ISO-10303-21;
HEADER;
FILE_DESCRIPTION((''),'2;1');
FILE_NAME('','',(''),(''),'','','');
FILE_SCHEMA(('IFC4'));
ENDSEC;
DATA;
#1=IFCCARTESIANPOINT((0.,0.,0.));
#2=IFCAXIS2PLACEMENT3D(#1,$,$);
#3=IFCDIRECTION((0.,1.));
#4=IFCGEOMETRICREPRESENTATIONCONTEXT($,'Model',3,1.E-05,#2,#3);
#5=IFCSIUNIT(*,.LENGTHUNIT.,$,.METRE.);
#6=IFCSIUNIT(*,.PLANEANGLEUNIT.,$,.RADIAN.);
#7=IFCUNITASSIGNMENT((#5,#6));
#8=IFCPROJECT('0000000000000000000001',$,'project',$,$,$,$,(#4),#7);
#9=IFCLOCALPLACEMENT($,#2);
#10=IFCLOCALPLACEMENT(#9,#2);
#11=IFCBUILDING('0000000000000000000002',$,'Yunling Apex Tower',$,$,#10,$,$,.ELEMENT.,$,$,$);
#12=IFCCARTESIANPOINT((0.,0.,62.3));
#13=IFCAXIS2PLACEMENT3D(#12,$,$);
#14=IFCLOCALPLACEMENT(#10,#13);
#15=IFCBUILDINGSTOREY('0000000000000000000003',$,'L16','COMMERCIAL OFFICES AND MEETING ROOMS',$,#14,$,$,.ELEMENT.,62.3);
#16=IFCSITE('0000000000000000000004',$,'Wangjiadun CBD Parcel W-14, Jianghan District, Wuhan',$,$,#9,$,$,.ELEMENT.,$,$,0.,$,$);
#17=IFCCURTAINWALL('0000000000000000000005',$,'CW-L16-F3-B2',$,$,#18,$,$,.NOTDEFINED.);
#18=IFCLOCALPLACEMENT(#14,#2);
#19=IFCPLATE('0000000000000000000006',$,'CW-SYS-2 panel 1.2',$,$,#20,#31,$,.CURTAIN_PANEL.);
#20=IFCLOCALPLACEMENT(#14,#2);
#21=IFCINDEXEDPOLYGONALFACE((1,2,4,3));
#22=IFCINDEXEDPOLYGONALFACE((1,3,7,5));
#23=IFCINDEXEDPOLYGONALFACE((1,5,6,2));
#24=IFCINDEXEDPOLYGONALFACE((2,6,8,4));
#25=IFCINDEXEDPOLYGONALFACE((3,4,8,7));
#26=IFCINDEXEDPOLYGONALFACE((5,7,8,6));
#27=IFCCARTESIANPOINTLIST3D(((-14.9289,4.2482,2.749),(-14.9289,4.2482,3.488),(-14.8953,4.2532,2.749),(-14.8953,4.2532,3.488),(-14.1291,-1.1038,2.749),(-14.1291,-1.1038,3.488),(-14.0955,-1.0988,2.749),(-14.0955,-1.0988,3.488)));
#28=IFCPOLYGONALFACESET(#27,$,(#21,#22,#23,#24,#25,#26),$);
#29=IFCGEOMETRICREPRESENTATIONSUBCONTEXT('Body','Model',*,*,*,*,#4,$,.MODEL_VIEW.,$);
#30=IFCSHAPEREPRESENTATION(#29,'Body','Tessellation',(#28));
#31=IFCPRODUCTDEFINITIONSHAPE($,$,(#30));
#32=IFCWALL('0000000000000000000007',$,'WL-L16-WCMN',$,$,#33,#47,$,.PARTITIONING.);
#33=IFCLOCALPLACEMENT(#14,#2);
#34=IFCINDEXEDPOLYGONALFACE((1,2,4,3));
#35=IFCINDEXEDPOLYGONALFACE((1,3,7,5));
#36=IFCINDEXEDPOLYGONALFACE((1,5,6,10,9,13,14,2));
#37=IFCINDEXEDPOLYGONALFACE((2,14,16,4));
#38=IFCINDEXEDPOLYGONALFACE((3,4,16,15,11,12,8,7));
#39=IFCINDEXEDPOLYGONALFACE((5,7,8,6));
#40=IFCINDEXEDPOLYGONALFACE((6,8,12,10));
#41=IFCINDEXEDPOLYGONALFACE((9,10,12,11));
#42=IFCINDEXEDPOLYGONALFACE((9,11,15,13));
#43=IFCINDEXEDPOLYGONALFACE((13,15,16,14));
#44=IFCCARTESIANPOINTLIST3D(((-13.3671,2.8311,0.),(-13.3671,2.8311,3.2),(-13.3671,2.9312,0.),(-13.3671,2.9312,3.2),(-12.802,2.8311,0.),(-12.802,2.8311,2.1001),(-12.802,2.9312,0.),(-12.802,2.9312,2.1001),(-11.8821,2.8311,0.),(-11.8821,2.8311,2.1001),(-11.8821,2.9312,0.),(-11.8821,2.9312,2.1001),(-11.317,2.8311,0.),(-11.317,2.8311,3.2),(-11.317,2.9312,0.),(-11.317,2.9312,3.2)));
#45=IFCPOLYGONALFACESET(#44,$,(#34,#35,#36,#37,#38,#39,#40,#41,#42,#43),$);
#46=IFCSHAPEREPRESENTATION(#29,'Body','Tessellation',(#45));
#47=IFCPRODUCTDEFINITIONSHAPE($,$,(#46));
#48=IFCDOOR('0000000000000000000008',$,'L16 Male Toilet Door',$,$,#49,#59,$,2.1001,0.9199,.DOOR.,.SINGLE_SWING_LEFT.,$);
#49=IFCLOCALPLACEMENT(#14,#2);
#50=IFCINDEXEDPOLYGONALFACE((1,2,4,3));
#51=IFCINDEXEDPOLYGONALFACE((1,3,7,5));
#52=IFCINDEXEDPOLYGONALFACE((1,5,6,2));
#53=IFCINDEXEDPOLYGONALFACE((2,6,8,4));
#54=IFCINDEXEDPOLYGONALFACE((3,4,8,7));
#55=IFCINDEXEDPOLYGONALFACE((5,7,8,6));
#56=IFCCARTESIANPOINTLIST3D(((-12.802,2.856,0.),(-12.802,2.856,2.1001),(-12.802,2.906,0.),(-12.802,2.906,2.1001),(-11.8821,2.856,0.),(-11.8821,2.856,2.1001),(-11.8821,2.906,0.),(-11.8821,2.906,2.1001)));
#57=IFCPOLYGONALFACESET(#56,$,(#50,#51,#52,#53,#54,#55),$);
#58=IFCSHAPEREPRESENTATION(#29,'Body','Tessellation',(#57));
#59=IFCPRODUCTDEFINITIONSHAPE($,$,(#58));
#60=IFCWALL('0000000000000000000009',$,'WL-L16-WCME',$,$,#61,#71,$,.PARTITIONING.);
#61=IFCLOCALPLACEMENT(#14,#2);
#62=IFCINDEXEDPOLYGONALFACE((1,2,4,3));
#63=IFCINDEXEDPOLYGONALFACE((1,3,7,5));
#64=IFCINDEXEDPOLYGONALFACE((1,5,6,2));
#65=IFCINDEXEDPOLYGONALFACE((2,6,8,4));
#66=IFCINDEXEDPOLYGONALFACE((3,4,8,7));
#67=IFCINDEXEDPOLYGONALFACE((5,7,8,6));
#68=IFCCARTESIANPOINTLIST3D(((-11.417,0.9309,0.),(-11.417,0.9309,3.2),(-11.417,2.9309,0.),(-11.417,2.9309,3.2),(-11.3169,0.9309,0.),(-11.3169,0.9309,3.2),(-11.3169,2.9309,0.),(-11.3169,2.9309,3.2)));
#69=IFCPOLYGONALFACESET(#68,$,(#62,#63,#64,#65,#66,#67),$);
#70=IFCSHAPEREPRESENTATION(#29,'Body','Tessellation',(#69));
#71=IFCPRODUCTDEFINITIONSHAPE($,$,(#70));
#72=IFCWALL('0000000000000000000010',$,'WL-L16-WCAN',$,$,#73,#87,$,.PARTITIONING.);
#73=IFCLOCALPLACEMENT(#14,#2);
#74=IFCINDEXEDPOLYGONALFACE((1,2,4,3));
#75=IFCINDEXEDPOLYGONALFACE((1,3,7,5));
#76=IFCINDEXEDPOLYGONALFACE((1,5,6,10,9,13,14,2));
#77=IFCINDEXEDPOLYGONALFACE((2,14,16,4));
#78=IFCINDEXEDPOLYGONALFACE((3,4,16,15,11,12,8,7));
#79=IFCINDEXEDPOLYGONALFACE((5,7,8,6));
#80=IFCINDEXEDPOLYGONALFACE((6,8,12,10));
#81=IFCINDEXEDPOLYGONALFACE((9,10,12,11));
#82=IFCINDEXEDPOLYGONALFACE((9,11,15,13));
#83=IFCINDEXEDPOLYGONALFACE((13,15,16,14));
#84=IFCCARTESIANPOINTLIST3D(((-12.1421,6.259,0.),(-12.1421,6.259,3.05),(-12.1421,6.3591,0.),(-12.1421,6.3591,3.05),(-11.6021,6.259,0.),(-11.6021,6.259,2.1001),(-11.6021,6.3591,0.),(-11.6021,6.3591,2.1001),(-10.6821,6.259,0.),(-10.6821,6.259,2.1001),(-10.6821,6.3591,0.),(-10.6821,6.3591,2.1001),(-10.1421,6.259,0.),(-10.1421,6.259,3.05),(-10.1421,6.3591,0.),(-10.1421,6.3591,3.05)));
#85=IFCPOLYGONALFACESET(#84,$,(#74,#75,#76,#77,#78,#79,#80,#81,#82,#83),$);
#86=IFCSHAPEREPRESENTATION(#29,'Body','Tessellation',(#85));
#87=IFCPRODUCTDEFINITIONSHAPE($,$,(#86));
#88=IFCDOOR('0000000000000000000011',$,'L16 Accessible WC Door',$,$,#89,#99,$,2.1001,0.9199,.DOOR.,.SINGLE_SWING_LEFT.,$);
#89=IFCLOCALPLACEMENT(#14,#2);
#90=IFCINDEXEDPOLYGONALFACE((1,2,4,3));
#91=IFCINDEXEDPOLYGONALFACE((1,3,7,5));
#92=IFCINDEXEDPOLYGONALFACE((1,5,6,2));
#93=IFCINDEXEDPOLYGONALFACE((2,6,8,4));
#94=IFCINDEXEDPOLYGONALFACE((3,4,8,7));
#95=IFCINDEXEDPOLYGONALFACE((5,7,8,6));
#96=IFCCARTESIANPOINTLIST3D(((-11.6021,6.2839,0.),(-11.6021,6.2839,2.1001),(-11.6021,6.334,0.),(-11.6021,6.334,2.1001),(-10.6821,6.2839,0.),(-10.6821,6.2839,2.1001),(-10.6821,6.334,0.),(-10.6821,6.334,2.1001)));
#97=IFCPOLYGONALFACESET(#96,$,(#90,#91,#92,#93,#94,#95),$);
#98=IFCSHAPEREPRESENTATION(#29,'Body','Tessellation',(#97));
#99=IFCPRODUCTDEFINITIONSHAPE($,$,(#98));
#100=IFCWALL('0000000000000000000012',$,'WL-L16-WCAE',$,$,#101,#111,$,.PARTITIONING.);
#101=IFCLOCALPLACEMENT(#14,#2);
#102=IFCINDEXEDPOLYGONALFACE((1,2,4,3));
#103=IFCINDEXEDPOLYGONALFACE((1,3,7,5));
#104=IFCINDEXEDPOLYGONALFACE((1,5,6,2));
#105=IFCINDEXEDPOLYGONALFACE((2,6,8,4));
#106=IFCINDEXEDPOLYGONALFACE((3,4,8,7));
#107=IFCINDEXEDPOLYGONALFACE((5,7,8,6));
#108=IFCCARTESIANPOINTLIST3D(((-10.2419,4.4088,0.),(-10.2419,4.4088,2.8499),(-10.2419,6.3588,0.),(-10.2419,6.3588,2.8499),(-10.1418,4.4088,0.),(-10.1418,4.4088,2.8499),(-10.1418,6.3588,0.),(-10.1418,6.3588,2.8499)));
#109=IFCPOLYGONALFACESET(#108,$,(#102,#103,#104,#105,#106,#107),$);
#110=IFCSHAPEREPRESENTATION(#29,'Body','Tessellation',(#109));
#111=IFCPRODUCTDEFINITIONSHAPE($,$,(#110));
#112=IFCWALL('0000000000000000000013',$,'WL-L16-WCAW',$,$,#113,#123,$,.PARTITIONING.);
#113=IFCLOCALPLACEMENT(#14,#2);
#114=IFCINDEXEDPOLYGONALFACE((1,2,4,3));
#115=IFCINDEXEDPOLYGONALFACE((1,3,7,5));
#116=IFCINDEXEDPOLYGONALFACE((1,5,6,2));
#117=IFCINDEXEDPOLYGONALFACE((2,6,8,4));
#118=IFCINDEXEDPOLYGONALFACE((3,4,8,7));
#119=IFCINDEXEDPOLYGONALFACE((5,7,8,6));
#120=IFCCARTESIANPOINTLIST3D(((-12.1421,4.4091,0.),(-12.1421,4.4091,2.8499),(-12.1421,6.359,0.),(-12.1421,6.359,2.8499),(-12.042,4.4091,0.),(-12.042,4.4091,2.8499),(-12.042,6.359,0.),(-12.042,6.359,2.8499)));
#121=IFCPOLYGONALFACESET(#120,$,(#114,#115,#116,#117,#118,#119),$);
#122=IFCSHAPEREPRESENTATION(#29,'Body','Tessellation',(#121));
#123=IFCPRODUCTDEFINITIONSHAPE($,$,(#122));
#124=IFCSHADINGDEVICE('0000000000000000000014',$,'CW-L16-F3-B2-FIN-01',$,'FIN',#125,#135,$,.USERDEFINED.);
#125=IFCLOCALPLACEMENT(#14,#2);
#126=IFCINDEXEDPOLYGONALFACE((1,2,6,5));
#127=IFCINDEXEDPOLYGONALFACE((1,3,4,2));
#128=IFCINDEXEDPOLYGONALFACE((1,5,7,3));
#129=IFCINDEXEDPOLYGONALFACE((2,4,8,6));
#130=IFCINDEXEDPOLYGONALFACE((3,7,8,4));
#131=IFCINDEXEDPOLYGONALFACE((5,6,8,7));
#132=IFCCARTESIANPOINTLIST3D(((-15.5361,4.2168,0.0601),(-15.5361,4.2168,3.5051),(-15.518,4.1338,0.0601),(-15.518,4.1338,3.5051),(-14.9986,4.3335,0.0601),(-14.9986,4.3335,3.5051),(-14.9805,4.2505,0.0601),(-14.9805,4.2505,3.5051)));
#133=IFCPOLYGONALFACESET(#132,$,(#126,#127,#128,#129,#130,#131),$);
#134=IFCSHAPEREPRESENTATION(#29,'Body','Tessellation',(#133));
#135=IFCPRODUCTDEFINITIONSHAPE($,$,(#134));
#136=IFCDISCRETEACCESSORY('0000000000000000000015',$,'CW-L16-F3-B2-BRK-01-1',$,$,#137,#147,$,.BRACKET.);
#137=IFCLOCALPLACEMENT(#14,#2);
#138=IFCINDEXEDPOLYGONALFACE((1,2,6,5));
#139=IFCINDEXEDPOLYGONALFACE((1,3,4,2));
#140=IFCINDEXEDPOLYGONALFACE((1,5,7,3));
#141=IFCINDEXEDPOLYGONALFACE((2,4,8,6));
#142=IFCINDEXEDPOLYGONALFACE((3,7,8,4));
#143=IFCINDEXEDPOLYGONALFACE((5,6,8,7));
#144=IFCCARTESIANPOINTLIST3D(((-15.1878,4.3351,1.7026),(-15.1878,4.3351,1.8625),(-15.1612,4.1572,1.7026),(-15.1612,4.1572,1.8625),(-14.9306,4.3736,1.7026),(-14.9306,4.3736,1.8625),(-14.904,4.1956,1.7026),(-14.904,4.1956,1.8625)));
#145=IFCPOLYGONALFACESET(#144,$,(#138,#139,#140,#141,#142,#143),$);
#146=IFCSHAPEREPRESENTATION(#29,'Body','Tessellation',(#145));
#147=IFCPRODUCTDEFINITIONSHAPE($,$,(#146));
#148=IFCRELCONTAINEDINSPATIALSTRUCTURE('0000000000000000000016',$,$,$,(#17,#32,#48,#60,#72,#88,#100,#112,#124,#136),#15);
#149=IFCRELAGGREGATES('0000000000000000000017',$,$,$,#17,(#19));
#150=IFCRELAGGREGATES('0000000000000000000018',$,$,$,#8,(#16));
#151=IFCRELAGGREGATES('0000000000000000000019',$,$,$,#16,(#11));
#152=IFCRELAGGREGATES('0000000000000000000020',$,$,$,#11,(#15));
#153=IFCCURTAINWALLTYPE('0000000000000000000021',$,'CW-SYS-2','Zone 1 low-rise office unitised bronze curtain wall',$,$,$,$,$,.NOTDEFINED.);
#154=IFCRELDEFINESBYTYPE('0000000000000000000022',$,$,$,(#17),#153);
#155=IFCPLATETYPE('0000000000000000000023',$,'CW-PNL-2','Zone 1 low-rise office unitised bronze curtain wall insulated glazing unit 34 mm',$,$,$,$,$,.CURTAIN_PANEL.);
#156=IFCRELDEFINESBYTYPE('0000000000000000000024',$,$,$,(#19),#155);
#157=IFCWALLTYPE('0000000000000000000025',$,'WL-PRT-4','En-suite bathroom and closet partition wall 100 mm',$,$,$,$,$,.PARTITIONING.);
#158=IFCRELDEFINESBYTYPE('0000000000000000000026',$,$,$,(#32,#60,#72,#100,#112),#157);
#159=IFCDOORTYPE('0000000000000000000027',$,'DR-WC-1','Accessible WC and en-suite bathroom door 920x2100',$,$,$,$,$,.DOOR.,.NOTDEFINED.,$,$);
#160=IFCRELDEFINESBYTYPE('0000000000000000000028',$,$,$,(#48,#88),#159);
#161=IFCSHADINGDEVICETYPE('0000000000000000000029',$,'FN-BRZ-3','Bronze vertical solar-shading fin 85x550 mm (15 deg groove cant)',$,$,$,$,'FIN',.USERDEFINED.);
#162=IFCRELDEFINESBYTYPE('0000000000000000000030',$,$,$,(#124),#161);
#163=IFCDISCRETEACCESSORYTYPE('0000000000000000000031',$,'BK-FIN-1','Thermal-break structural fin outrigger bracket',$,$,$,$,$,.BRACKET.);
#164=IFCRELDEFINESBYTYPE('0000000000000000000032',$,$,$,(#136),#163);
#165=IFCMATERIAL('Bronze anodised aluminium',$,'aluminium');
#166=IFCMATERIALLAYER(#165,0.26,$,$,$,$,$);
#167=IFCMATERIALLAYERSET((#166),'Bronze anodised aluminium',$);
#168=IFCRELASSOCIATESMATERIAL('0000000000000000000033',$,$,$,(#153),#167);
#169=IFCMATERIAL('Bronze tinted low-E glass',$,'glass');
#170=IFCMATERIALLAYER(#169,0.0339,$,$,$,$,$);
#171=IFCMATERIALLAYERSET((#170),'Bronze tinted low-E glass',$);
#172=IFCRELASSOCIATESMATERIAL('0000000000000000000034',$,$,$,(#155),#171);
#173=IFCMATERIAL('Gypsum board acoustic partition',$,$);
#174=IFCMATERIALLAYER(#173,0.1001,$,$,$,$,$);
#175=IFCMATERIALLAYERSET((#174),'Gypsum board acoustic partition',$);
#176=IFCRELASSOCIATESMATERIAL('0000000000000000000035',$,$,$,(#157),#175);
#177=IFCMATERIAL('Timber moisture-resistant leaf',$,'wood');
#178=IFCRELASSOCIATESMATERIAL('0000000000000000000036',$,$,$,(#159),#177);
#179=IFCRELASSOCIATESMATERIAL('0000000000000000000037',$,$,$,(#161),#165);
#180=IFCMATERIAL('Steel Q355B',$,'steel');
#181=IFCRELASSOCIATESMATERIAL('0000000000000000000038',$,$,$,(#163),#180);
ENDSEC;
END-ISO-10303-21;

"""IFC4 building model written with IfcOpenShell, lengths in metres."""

from ifc_helpers import new_model, si_unit, direction, frame, frame_2d, origin, origin_2d, place, context, subcontext, project, spatial, rectangle, extrude, source, transform, mapped, material, layer, layer_set, material_profile, profile_set, type_object, element, fill, aggregate, save


model = new_model("IFC4")

# Units and contexts
model_context = context("Model", 3, precision=1e-05, world=origin(), true_north=direction((0.0, 1.0)))
body_context = subcontext(model_context, "Body", "Model", "MODEL_VIEW")
ifc_project = project(units=[si_unit("LENGTHUNIT", "METRE"), si_unit("PLANEANGLEUNIT", "RADIAN")], contexts=[model_context])

# Site, building, storey
site_placement = place(None, origin())
site = spatial("IfcSite", under=ifc_project, at=site_placement, Name="Wangjiadun CBD Parcel W-14, Jianghan District, Wuhan", CompositionType="ELEMENT", RefElevation=0.0)
building_placement = place(site_placement, origin())
building = spatial("IfcBuilding", under=site, at=building_placement, Name="Yunling Apex Tower", CompositionType="ELEMENT")
storey_placement = place(building_placement, frame((0.0, 0.0, 62.3)))
storey = spatial("IfcBuildingStorey", under=building, at=storey_placement, Name="L16", Description="COMMERCIAL OFFICES AND MEETING ROOMS", CompositionType="ELEMENT", Elevation=62.3)

# Shared definitions
ifc_material_1 = material(Name="Steel Q355B", Category="steel")

# Shared definitions
ifc_material_2 = material(Name="Bronze anodised aluminium", Category="aluminium")
ifc_layer_1 = layer(ifc_material_2, 0.26)
ifc_layer_set_1 = layer_set([ifc_layer_1], Name="Bronze anodised aluminium")
curtain_wall_type = type_object("IfcCurtainWallType", Name="CW-SYS-2", Description="Zone 1 low-rise office unitised bronze curtain wall", PredefinedType="NOTDEFINED", material=ifc_layer_set_1)

# Curtain wall, plate
curtain_wall_1_placement = place(storey_placement, origin())
curtain_wall_1 = element("IfcCurtainWall", 1, at=curtain_wall_1_placement, inside=storey, type_object=curtain_wall_type, Name="CW-L16-F3-B2", PredefinedType="NOTDEFINED")
ifc_material_3 = material(Name="Bronze tinted low-E glass", Category="glass")
ifc_layer_2 = layer(ifc_material_3, 0.0339)
ifc_layer_set_2 = layer_set([ifc_layer_2], Name="Bronze tinted low-E glass")
plate_type = type_object("IfcPlateType", Name="CW-PNL-2", Description="Zone 1 low-rise office unitised bronze curtain wall insulated glazing unit 34 mm", PredefinedType="CURTAIN_PANEL", material=ifc_layer_set_2)
shared_shape_1 = source(origin(), body_context, "Body", "SweptSolid", [
    extrude(rectangle(XDim=5.4114, YDim=0.0339, at=origin_2d()), origin(), (0.0, 0.0, 1.0), 0.739),
])
plate_1_placement = place(storey_placement, frame((-14.5122, 1.5747, 2.749), z_axis=(0.0, 0.0, 1.0), x_axis=(0.147801, -0.989017, 0.0)))
plate_1 = element("IfcPlate", 2, at=plate_1_placement, type_object=plate_type, Name="CW-SYS-2 panel 1.2", PredefinedType="CURTAIN_PANEL", context=body_context, shape_type="MappedRepresentation", body=[
    mapped(shared_shape_1, transform((0.0, 0.0, 0.0), scale=1.0)),
])
aggregate(curtain_wall_1, [plate_1])

# Wall, opening, door
ifc_material_4 = material(Name="Gypsum board acoustic partition")
ifc_layer_3 = layer(ifc_material_4, 0.1001)
ifc_layer_set_3 = layer_set([ifc_layer_3], Name="Gypsum board acoustic partition")
wall_type = type_object("IfcWallType", Name="WL-PRT-4", Description="En-suite bathroom and closet partition wall 100 mm", PredefinedType="PARTITIONING", material=ifc_layer_set_3)
wall_1_placement = place(storey_placement, frame((-13.3669, 2.8811, 0.0), z_axis=(0.0, 0.0, 1.0), x_axis=(1.0, 0.0, 0.0)))
wall_1 = element("IfcWall", 3, at=wall_1_placement, inside=storey, type_object=wall_type, Name="WL-L16-WCMN", PredefinedType="PARTITIONING", context=body_context, shape_type="SweptSolid", body=[
    extrude(rectangle(XDim=2.05, YDim=0.1001, at=frame_2d((1.0249, 0.0))), origin(), (0.0, 0.0, 1.0), 3.2),
])
opening_1_placement = place(wall_1_placement, frame((0.5649, 0.0, 0.0)))
opening_1 = element("IfcOpeningElement", 4, at=opening_1_placement, cuts=wall_1, PredefinedType="OPENING", context=body_context, shape_type="SweptSolid", body=[
    extrude(rectangle(XDim=0.9199, YDim=2.1001, at=frame_2d((0.46, 1.05))), frame((0.0, 0.0601, 0.0), z_axis=(0.0, -1.0, 0.0), x_axis=(1.0, 0.0, 0.0)), (0.0, 0.0, 1.0), 0.1201),
])
ifc_material_5 = material(Name="Timber moisture-resistant leaf", Category="wood")
door_type = type_object("IfcDoorType", Name="DR-WC-1", Description="Accessible WC and en-suite bathroom door 920x2100", OperationType="NOTDEFINED", PredefinedType="DOOR", material=ifc_material_5)
door_1_placement = place(opening_1_placement, origin())
door_1 = element("IfcDoor", 5, at=door_1_placement, inside=storey, type_object=door_type, Name="L16 Male Toilet Door", OperationType="SINGLE_SWING_LEFT", OverallHeight=2.1001, OverallWidth=0.9199, PredefinedType="DOOR", context=body_context, shape_type="SweptSolid", body=[
    extrude(rectangle(XDim=0.9199, YDim=2.1001, at=frame_2d((0.46, 1.05))), frame((0.0, 0.0249, 0.0), z_axis=(0.0, -1.0, 0.0), x_axis=(1.0, 0.0, 0.0)), (0.0, 0.0, 1.0), 0.05),
])
fill(opening_1, door_1)

# Wall
wall_2_placement = place(storey_placement, frame((-11.3669, 2.9309, 0.0), z_axis=(0.0, 0.0, 1.0), x_axis=(0.0, -1.0, 0.0)))
element("IfcWall", 6, at=wall_2_placement, inside=storey, type_object=wall_type, Name="WL-L16-WCME", PredefinedType="PARTITIONING", context=body_context, shape_type="SweptSolid", body=[
    extrude(rectangle(XDim=2.0, YDim=0.1001, at=frame_2d((1.0, 0.0))), origin(), (0.0, 0.0, 1.0), 3.2),
])

# Wall, opening, door
wall_3_placement = place(storey_placement, frame((-12.1421, 6.3091, 0.0), z_axis=(0.0, 0.0, 1.0), x_axis=(1.0, 0.0, 0.0)))
wall_3 = element("IfcWall", 7, at=wall_3_placement, inside=storey, type_object=wall_type, Name="WL-L16-WCAN", PredefinedType="PARTITIONING", context=body_context, shape_type="SweptSolid", body=[
    extrude(rectangle(XDim=2.0, YDim=0.1001, at=frame_2d((1.0, 0.0))), origin(), (0.0, 0.0, 1.0), 3.05),
])
opening_2_placement = place(wall_3_placement, frame((0.54, 0.0, 0.0)))
opening_2 = element("IfcOpeningElement", 8, at=opening_2_placement, cuts=wall_3, PredefinedType="OPENING", context=body_context, shape_type="SweptSolid", body=[
    extrude(rectangle(XDim=0.9199, YDim=2.1001, at=frame_2d((0.46, 1.05))), frame((0.0, 0.0601, 0.0), z_axis=(0.0, -1.0, 0.0), x_axis=(1.0, 0.0, 0.0)), (0.0, 0.0, 1.0), 0.1201),
])
door_2_placement = place(opening_2_placement, origin())
door_2 = element("IfcDoor", 9, at=door_2_placement, inside=storey, type_object=door_type, Name="L16 Accessible WC Door", OperationType="SINGLE_SWING_LEFT", OverallHeight=2.1001, OverallWidth=0.9199, PredefinedType="DOOR", context=body_context, shape_type="SweptSolid", body=[
    extrude(rectangle(XDim=0.9199, YDim=2.1001, at=frame_2d((0.46, 1.05))), frame((0.0, 0.0249, 0.0), z_axis=(0.0, -1.0, 0.0), x_axis=(1.0, 0.0, 0.0)), (0.0, 0.0, 1.0), 0.05),
])
fill(opening_2, door_2)

# Walls
for number, where, z_axis, x_axis, name in (
    (10, (-10.1919, 6.3589, 0.0), (0.0, 0.0, 1.0), (0.0, -1.0, 0.0), "WL-L16-WCAE"),
    (11, (-12.092, 4.4089, 0.0), (0.0, 0.0, 1.0), (0.0, 1.0, 0.0), "WL-L16-WCAW"),
):
    element("IfcWall", number, at=place(storey_placement, frame(where, z_axis=z_axis, x_axis=x_axis)), inside=storey, type_object=wall_type, Name=name, PredefinedType="PARTITIONING", context=body_context, shape_type="SweptSolid", body=[
        extrude(rectangle(XDim=1.95, YDim=0.1001, at=frame_2d((0.9751, 0.0))), origin(), (0.0, 0.0, 1.0), 2.8499),
    ])

# Shading device
ifc_material_profile_1 = material_profile(ifc_material_2, rectangle(XDim=0.085, YDim=0.55, at=origin_2d()))
ifc_profile_set_1 = profile_set([ifc_material_profile_1], Name="Bronze anodised aluminium")
shading_device_type = type_object("IfcShadingDeviceType", Name="FN-BRZ-3", Description="Bronze vertical solar-shading fin 85x550 mm (15 deg groove cant)", ElementType="FIN", PredefinedType="USERDEFINED", material=ifc_profile_set_1)
shared_shape_2 = source(origin(), body_context, "Body", "SweptSolid", [
    extrude(rectangle(XDim=0.085, YDim=0.55, at=origin_2d()), origin(), (0.0, 0.0, 1.0), 3.4451),
])
shading_device_placement = place(storey_placement, frame((-15.2583, 4.2336, 0.0601), z_axis=(0.0, 0.0, 1.0), x_axis=(0.212178, -0.977231, 0.0)))
element("IfcShadingDevice", 12, at=shading_device_placement, inside=storey, type_object=shading_device_type, Name="CW-L16-F3-B2-FIN-01", ObjectType="FIN", PredefinedType="USERDEFINED", context=body_context, shape_type="MappedRepresentation", body=[
    mapped(shared_shape_2, transform((0.0, 0.0, 0.0), scale=1.0)),
])

# Discrete accessory
discrete_accessory_type = type_object("IfcDiscreteAccessoryType", Name="BK-FIN-1", Description="Thermal-break structural fin outrigger bracket", PredefinedType="BRACKET", material=ifc_material_1)
shared_shape_3 = source(origin(), body_context, "Body", "SweptSolid", [
    extrude(rectangle(XDim=0.1799, YDim=0.26, at=origin_2d()), origin(), (0.0, 0.0, 1.0), 0.1599),
])
discrete_accessory_placement = place(storey_placement, frame((-15.0459, 4.2654, 1.7026), z_axis=(0.0, 0.0, 1.0), x_axis=(0.147809, -0.989016, 0.0)))
element("IfcDiscreteAccessory", 13, at=discrete_accessory_placement, inside=storey, type_object=discrete_accessory_type, Name="CW-L16-F3-B2-BRK-01-1", PredefinedType="BRACKET", context=body_context, shape_type="MappedRepresentation", body=[
    mapped(shared_shape_3, transform((0.0, 0.0, 0.0), scale=1.0)),
])

save(model, "model.ifc")
